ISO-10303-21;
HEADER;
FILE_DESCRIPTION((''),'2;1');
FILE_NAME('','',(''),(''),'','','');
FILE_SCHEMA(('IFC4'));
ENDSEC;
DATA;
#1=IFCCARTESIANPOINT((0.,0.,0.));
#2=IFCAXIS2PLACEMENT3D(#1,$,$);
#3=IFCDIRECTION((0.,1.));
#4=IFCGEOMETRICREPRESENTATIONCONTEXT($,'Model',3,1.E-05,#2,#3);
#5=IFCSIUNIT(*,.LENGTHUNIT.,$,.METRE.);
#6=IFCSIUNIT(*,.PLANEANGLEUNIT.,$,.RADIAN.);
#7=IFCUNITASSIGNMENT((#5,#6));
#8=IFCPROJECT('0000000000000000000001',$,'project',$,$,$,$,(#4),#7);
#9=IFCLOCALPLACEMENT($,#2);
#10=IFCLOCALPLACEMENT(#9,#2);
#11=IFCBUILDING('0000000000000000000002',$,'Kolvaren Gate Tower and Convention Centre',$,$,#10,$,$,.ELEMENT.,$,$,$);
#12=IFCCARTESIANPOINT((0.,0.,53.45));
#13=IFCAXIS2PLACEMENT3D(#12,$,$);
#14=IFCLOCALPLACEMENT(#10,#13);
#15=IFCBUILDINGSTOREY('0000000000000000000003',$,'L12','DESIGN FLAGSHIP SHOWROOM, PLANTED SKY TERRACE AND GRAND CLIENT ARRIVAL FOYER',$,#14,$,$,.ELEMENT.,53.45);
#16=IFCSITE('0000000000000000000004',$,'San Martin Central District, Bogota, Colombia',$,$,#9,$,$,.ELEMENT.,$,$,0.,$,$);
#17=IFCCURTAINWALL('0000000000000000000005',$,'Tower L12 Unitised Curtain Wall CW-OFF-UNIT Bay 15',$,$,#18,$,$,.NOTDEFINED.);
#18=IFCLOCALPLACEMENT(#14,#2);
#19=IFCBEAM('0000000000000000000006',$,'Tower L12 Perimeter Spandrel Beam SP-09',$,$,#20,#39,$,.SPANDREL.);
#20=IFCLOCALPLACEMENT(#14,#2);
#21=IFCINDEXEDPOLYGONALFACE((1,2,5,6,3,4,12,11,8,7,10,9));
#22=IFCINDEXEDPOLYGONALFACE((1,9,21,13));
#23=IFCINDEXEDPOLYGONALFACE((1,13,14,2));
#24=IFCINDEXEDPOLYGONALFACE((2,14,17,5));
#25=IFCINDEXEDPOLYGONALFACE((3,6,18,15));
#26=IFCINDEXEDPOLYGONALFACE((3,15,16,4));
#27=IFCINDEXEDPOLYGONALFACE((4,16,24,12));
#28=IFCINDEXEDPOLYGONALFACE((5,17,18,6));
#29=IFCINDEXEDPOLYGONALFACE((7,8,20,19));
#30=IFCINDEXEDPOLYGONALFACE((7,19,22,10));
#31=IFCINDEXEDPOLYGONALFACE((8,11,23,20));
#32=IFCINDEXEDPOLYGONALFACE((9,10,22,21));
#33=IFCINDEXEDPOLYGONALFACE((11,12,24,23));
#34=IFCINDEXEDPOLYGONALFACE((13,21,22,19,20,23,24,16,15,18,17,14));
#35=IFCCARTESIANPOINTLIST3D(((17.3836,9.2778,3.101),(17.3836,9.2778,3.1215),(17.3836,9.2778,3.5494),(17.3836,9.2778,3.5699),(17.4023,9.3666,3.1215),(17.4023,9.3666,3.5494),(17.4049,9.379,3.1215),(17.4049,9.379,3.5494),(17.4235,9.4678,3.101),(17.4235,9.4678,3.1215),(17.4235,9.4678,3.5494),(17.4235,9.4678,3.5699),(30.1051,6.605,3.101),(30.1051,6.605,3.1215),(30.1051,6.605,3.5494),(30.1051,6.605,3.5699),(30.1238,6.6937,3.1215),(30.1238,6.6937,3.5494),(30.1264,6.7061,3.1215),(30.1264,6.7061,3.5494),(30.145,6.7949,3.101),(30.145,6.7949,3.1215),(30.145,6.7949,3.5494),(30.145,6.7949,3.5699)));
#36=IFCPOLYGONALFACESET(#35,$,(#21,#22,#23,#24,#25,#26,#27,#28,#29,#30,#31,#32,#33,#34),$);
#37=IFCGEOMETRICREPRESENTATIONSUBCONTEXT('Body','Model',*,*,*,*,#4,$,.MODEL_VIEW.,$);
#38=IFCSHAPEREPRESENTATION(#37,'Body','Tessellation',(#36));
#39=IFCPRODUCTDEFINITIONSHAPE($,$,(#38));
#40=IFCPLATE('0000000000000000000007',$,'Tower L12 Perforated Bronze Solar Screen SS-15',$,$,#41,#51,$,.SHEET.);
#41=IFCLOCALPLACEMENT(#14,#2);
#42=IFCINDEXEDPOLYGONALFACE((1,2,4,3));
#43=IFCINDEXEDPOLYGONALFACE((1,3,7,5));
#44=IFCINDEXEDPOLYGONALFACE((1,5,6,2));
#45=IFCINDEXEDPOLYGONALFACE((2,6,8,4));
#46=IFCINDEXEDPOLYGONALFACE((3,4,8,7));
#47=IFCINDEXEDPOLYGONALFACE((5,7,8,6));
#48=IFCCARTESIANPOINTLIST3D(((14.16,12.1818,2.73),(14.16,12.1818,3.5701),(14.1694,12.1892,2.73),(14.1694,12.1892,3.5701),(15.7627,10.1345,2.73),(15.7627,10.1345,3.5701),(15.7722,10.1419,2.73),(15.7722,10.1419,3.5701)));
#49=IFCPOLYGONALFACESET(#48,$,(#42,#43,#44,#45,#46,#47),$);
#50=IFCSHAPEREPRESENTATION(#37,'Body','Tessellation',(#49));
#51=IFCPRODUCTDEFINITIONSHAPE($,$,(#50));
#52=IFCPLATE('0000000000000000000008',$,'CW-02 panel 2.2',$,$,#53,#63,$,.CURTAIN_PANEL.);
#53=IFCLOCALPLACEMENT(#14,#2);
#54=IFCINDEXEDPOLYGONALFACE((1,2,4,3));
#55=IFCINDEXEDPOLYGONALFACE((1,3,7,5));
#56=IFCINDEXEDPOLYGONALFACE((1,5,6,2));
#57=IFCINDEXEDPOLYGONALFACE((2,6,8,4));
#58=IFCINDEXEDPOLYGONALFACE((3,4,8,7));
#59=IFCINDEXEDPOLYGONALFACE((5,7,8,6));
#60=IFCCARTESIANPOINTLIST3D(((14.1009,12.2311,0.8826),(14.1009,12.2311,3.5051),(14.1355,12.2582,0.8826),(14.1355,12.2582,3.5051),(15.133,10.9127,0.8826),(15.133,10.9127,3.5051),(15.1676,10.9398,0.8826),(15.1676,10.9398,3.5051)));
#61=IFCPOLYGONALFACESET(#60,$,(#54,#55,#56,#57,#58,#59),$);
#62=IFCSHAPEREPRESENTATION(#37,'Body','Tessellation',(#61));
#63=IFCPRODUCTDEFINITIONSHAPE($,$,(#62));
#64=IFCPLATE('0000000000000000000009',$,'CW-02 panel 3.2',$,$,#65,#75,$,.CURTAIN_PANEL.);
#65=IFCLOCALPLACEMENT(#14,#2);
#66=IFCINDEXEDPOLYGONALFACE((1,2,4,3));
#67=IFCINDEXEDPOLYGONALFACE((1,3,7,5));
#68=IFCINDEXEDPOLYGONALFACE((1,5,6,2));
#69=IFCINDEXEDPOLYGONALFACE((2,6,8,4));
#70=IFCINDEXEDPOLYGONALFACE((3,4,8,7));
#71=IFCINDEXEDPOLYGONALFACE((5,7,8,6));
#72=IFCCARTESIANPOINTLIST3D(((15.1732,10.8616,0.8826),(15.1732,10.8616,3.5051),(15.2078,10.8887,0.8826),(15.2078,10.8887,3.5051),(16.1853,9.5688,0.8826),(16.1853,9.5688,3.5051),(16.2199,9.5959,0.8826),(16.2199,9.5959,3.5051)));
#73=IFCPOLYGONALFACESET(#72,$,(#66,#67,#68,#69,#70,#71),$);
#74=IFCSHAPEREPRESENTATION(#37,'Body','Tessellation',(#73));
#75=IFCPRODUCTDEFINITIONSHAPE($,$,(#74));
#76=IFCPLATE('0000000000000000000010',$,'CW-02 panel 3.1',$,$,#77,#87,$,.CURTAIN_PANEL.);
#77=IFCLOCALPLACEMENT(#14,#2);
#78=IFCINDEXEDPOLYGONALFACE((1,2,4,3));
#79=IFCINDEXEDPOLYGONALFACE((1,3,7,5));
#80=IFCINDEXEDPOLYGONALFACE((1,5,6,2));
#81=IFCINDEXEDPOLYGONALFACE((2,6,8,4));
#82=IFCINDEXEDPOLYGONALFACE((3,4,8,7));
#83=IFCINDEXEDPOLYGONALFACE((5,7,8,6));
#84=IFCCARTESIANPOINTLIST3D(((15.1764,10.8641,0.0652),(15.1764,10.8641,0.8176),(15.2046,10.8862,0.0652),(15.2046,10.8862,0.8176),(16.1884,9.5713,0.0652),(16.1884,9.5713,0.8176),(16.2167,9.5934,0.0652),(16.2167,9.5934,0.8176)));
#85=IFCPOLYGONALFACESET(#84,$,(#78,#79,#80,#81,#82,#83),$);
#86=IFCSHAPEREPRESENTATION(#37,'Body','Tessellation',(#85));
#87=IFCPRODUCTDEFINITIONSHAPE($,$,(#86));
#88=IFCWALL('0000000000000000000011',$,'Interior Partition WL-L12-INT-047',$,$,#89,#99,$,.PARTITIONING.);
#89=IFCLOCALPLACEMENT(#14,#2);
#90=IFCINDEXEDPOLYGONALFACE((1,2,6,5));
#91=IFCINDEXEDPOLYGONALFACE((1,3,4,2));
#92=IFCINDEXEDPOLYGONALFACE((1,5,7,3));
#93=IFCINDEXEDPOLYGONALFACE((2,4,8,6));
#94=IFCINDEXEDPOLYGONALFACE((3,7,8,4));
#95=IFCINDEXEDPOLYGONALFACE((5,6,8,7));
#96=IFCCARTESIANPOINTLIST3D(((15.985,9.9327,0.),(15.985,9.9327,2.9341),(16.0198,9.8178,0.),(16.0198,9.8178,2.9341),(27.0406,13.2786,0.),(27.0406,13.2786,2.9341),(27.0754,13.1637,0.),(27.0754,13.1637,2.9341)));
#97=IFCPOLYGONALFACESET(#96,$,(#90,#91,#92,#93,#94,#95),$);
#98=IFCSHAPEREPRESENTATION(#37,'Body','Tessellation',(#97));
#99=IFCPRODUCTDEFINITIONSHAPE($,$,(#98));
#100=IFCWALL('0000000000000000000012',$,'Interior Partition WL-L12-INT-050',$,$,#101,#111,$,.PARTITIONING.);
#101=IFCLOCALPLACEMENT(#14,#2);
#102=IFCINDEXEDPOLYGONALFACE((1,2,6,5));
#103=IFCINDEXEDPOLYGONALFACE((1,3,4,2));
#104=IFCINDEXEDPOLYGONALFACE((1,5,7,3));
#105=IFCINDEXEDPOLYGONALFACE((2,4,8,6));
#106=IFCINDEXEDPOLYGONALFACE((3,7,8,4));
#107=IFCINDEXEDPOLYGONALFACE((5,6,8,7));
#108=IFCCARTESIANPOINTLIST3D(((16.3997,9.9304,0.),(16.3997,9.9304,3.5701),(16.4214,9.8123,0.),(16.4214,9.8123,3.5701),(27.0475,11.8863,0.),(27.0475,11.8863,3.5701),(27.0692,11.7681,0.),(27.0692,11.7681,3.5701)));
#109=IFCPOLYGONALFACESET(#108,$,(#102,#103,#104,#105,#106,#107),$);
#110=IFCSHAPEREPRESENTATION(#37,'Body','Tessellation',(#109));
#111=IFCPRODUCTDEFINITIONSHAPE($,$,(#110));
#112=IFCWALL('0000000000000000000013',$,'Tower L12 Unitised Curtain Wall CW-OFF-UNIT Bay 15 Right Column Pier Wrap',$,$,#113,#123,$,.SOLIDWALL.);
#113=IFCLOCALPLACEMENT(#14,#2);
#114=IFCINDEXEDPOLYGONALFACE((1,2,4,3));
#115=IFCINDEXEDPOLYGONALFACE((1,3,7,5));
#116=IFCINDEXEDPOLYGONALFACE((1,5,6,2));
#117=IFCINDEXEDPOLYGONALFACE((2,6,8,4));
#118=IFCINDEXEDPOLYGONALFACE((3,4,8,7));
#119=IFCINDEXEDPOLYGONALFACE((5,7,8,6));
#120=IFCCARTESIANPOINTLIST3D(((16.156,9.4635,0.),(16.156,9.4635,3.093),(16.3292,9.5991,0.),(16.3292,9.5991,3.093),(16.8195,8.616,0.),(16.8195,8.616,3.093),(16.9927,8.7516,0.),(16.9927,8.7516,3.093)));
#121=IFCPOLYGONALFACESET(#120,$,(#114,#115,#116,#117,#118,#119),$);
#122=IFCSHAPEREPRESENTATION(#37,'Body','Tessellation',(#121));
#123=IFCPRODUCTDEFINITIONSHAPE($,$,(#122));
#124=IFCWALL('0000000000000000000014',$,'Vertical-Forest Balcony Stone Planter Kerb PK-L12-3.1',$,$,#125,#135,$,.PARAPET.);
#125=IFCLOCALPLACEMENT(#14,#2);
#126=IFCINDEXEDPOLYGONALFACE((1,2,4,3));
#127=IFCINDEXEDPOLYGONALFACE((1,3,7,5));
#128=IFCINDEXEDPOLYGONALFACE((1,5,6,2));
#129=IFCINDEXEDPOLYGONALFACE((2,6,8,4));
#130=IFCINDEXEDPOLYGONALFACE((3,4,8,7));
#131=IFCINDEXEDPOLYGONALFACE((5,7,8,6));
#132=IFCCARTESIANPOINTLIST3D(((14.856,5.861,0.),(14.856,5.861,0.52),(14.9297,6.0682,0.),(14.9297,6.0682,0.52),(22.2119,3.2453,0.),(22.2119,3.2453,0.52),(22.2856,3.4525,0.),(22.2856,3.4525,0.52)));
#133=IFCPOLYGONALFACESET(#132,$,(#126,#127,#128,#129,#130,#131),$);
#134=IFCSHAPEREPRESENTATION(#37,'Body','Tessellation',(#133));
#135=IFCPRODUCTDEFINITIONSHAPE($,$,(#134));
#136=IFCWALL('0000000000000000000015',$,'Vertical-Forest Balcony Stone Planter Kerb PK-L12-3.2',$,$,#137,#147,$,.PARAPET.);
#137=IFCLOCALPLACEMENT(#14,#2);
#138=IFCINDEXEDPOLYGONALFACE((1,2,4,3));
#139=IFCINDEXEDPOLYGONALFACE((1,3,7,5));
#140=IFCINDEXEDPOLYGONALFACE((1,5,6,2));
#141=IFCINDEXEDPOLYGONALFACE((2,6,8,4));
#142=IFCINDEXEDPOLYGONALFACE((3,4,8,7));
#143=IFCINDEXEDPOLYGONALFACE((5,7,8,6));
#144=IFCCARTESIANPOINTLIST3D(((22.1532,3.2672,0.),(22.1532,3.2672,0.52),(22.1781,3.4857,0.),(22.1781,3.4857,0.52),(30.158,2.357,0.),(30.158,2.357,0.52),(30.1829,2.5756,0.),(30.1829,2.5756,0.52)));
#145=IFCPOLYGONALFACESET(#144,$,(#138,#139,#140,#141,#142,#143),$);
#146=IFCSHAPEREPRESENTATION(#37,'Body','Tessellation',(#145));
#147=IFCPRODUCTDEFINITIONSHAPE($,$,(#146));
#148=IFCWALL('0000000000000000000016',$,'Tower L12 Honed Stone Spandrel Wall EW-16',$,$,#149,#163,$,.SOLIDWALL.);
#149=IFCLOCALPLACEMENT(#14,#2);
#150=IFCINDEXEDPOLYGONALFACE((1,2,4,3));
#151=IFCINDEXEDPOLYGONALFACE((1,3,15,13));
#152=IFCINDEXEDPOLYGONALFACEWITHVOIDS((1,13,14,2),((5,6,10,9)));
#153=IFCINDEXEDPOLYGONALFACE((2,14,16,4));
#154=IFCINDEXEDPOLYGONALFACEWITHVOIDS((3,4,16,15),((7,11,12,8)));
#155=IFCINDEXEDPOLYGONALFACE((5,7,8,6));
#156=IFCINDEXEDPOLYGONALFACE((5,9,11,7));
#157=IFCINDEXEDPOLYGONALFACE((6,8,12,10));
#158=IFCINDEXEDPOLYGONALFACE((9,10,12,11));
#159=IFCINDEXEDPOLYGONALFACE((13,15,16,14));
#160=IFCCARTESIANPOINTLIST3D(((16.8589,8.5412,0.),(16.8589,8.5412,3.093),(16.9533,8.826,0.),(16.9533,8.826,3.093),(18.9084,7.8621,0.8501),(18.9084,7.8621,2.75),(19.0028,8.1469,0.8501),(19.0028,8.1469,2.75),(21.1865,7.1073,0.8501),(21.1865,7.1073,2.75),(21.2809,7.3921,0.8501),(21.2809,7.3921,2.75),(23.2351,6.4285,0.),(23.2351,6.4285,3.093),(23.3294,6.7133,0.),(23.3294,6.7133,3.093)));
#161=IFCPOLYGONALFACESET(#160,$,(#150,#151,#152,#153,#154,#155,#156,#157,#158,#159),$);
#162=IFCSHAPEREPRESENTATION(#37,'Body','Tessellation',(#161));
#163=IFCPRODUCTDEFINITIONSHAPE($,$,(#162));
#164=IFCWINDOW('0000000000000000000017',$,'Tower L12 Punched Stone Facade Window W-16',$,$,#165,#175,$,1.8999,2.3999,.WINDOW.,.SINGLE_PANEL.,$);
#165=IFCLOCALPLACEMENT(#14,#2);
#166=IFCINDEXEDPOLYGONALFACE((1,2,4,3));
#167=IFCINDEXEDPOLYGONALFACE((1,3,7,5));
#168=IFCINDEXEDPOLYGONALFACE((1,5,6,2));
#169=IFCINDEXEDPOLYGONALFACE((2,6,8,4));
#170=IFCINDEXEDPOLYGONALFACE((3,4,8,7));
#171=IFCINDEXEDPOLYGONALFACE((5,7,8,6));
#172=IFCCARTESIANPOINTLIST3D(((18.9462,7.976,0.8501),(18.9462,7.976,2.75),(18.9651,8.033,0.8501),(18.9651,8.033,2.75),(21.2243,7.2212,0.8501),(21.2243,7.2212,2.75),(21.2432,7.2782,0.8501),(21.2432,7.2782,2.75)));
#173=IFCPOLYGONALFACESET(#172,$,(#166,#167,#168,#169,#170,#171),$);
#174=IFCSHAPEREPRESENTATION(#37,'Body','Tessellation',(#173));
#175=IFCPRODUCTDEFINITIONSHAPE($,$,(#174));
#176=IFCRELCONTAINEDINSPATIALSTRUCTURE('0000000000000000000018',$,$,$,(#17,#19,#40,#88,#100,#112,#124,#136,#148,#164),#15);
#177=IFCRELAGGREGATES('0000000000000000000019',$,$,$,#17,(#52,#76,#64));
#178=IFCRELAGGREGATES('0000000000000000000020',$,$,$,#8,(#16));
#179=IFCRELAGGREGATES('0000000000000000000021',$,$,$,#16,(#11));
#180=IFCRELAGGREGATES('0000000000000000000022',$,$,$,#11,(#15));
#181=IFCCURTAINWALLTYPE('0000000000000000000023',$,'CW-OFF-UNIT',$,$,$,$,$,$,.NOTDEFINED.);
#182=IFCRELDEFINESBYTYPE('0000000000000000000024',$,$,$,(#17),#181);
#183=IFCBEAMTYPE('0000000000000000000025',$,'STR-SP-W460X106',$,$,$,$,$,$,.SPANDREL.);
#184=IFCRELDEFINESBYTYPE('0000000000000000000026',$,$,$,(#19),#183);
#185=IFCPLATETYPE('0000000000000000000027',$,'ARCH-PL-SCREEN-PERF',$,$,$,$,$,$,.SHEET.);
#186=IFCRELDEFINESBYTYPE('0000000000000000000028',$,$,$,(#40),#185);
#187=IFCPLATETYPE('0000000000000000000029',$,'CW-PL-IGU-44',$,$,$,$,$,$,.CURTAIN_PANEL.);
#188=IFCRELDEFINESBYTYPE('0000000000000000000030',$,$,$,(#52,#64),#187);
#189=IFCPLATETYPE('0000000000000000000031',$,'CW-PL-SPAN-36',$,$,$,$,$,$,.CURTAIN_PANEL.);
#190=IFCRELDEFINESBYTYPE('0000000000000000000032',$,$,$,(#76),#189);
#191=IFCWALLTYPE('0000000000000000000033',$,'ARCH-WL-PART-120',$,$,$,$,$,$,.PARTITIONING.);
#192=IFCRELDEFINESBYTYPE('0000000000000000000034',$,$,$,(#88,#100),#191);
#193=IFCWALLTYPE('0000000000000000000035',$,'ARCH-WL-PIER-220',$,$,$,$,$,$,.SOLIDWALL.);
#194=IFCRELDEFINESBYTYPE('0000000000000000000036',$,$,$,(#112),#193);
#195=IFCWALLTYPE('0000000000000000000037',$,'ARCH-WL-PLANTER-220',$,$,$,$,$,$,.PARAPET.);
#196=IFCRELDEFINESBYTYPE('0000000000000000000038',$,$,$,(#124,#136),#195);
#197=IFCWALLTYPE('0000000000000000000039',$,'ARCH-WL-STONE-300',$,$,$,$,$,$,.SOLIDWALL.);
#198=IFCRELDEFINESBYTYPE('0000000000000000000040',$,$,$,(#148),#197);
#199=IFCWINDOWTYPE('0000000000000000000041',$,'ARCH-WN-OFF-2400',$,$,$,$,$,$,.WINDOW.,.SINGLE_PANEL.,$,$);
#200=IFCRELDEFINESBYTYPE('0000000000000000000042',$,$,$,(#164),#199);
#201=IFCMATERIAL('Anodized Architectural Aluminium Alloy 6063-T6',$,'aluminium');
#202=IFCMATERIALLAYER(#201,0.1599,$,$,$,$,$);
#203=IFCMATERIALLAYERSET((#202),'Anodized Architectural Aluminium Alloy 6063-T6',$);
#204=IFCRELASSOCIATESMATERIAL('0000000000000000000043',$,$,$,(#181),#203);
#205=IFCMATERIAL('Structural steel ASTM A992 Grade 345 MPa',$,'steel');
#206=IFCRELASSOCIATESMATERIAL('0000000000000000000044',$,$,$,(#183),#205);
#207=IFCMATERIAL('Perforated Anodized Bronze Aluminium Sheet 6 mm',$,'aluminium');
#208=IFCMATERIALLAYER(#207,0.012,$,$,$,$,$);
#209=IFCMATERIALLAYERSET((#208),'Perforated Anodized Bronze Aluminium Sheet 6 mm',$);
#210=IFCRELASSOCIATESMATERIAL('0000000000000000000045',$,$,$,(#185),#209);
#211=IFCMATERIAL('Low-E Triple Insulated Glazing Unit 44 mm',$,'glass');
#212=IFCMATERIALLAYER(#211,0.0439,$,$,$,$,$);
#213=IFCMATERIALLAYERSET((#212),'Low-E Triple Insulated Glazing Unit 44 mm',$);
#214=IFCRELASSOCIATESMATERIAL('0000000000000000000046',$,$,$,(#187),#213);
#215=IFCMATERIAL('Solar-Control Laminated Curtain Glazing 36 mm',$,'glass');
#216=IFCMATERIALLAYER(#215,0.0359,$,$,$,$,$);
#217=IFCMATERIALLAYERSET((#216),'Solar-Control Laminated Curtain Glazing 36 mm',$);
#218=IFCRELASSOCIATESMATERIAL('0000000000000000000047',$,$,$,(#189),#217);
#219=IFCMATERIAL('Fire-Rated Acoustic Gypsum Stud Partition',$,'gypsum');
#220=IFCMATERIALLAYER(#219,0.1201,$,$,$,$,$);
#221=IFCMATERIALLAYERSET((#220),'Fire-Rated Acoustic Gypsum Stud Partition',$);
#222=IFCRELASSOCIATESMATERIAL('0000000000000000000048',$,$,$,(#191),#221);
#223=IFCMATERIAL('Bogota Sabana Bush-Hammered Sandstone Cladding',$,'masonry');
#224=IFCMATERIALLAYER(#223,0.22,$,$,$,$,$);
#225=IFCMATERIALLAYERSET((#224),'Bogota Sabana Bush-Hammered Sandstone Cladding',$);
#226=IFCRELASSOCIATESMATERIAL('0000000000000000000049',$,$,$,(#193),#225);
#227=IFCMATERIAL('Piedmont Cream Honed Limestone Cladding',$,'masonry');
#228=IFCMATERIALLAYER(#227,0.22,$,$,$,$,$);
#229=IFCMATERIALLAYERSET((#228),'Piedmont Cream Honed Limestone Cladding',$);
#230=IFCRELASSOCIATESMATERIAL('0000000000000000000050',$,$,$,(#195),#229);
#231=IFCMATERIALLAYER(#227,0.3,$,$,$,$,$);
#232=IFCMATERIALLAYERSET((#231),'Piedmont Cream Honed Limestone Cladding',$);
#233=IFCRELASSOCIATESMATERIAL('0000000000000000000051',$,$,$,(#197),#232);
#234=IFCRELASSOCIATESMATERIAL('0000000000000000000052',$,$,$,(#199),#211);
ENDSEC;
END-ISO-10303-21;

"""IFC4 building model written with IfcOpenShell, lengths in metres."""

from ifc_helpers import new_model, si_unit, direction, frame, frame_2d, origin, origin_2d, place, context, subcontext, project, spatial, rectangle, i_section, extrude, material, layer, layer_set, material_profile, profile_set, type_object, element, fill, aggregate, save


model = new_model("IFC4")

# Units and contexts
model_context = context("Model", 3, precision=1e-05, world=origin(), true_north=direction((0.0, 1.0)))
body_context = subcontext(model_context, "Body", "Model", "MODEL_VIEW")
ifc_project = project(units=[si_unit("LENGTHUNIT", "METRE"), si_unit("PLANEANGLEUNIT", "RADIAN")], contexts=[model_context])

# Site, building, storey
site_placement = place(None, origin())
site = spatial("IfcSite", under=ifc_project, at=site_placement, Name="San Martin Central District, Bogota, Colombia", CompositionType="ELEMENT", RefElevation=0.0)
building_placement = place(site_placement, origin())
building = spatial("IfcBuilding", under=site, at=building_placement, Name="Kolvaren Gate Tower and Convention Centre", CompositionType="ELEMENT")
storey_placement = place(building_placement, frame((0.0, 0.0, 53.45)))
storey = spatial("IfcBuildingStorey", under=building, at=storey_placement, Name="L12", Description="DESIGN FLAGSHIP SHOWROOM, PLANTED SKY TERRACE AND GRAND CLIENT ARRIVAL FOYER", CompositionType="ELEMENT", Elevation=53.45)

# Curtain wall
ifc_material_1 = material(Name="Anodized Architectural Aluminium Alloy 6063-T6", Category="aluminium")
ifc_layer_1 = layer(ifc_material_1, 0.1599)
ifc_layer_set_1 = layer_set([ifc_layer_1], Name="Anodized Architectural Aluminium Alloy 6063-T6")
curtain_wall_type = type_object("IfcCurtainWallType", Name="CW-OFF-UNIT", PredefinedType="NOTDEFINED", material=ifc_layer_set_1)
curtain_wall_placement = place(storey_placement, origin())
curtain_wall = element("IfcCurtainWall", 1, at=curtain_wall_placement, inside=storey, type_object=curtain_wall_type, Name="Tower L12 Unitised Curtain Wall CW-OFF-UNIT Bay 15", PredefinedType="NOTDEFINED")

# Beam
ifc_material_2 = material(Name="Structural steel ASTM A992 Grade 345 MPa", Category="steel")
ifc_material_profile_1 = material_profile(ifc_material_2, i_section(OverallWidth=0.1941, OverallDepth=0.469, WebThickness=0.0127, FlangeThickness=0.0205, at=origin_2d()), Name="W460X106")
ifc_profile_set_1 = profile_set([ifc_material_profile_1], Name="Structural steel ASTM A992 Grade 345 MPa")
beam_type_1 = type_object("IfcBeamType", Name="STR-SP-W460X106", PredefinedType="SPANDREL", material=ifc_profile_set_1)
beam_1_placement = place(storey_placement, frame((17.4036, 9.3728, 3.3354), z_axis=(0.978633, -0.205617, 0.0), x_axis=(0.205617, 0.978633, 0.0)))
element("IfcBeam", 2, at=beam_1_placement, inside=storey, type_object=beam_type_1, Name="Tower L12 Perimeter Spandrel Beam SP-09", PredefinedType="SPANDREL", context=body_context, shape_type="SweptSolid", body=[
    extrude(i_section(OverallWidth=0.1941, OverallDepth=0.469, WebThickness=0.0127, FlangeThickness=0.0205, at=origin_2d()), origin(), (0.0, 0.0, 1.0), 12.9993),
])

# Plates
ifc_material_3 = material(Name="Perforated Anodized Bronze Aluminium Sheet 6 mm", Category="aluminium")
ifc_layer_2 = layer(ifc_material_3, 0.012)
ifc_layer_set_2 = layer_set([ifc_layer_2], Name="Perforated Anodized Bronze Aluminium Sheet 6 mm")
plate_type_1 = type_object("IfcPlateType", Name="ARCH-PL-SCREEN-PERF", PredefinedType="SHEET", material=ifc_layer_set_2)
plate_1_placement = place(storey_placement, frame((14.9661, 11.1619, 2.73), z_axis=(0.0, 0.0, 1.0), x_axis=(0.616431, -0.787409, 0.0)))
element("IfcPlate", 3, at=plate_1_placement, inside=storey, type_object=plate_type_1, Name="Tower L12 Perforated Bronze Solar Screen SS-15", PredefinedType="SHEET", context=body_context, shape_type="SweptSolid", body=[
    extrude(rectangle(XDim=2.6001, YDim=0.012, at=origin_2d()), origin(), (0.0, 0.0, 1.0), 0.8401),
])
ifc_material_4 = material(Name="Low-E Triple Insulated Glazing Unit 44 mm", Category="glass")
ifc_layer_3 = layer(ifc_material_4, 0.0439)
ifc_layer_set_3 = layer_set([ifc_layer_3], Name="Low-E Triple Insulated Glazing Unit 44 mm")
plate_type_2 = type_object("IfcPlateType", Name="CW-PL-IGU-44", PredefinedType="CURTAIN_PANEL", material=ifc_layer_set_3)
plate_2_placement = place(storey_placement, frame((14.6343, 11.5854, 0.8826), z_axis=(0.0, 0.0, 1.0), x_axis=(0.616427, -0.787412, 0.0)))
plate_2 = element("IfcPlate", 4, at=plate_2_placement, type_object=plate_type_2, Name="CW-02 panel 2.2", PredefinedType="CURTAIN_PANEL", context=body_context, shape_type="SweptSolid", body=[
    extrude(rectangle(XDim=1.6743, YDim=0.0439, at=origin_2d()), origin(), (0.0, 0.0, 1.0), 2.6226),
])
plate_3_placement = place(storey_placement, frame((15.6965, 10.2288, 0.8826), z_axis=(0.0, 0.0, 1.0), x_axis=(0.616427, -0.787412, 0.0)))
plate_3 = element("IfcPlate", 5, at=plate_3_placement, type_object=plate_type_2, Name="CW-02 panel 3.2", PredefinedType="CURTAIN_PANEL", context=body_context, shape_type="SweptSolid", body=[
    extrude(rectangle(XDim=1.6418, YDim=0.0439, at=origin_2d()), origin(), (0.0, 0.0, 1.0), 2.6226),
])
ifc_material_5 = material(Name="Solar-Control Laminated Curtain Glazing 36 mm", Category="glass")
ifc_layer_4 = layer(ifc_material_5, 0.0359)
ifc_layer_set_4 = layer_set([ifc_layer_4], Name="Solar-Control Laminated Curtain Glazing 36 mm")
plate_type_3 = type_object("IfcPlateType", Name="CW-PL-SPAN-36", PredefinedType="CURTAIN_PANEL", material=ifc_layer_set_4)
plate_4_placement = place(storey_placement, frame((15.6965, 10.2288, 0.0652), z_axis=(0.0, 0.0, 1.0), x_axis=(0.616427, -0.787412, 0.0)))
plate_4 = element("IfcPlate", 6, at=plate_4_placement, type_object=plate_type_3, Name="CW-02 panel 3.1", PredefinedType="CURTAIN_PANEL", context=body_context, shape_type="SweptSolid", body=[
    extrude(rectangle(XDim=1.6418, YDim=0.0359, at=origin_2d()), origin(), (0.0, 0.0, 1.0), 0.7524),
])
aggregate(curtain_wall, [plate_2, plate_4, plate_3])

# Walls
ifc_material_6 = material(Name="Fire-Rated Acoustic Gypsum Stud Partition", Category="gypsum")
ifc_layer_5 = layer(ifc_material_6, 0.1201)
ifc_layer_set_5 = layer_set([ifc_layer_5], Name="Fire-Rated Acoustic Gypsum Stud Partition")
wall_type_1 = type_object("IfcWallType", Name="ARCH-WL-PART-120", PredefinedType="PARTITIONING", material=ifc_layer_set_5)
wall_1_placement = place(storey_placement, frame((16.0024, 9.8752, 0.0), z_axis=(0.0, 0.0, 1.0), x_axis=(0.957127, 0.28967, 0.0)))
element("IfcWall", 7, at=wall_1_placement, inside=storey, type_object=wall_type_1, Name="Interior Partition WL-L12-INT-047", PredefinedType="PARTITIONING", context=body_context, shape_type="SweptSolid", body=[
    extrude(rectangle(XDim=11.5508, YDim=0.1201, at=frame_2d((5.7754, 0.0))), origin(), (0.0, 0.0, 1.0), 2.9341),
])
wall_2_placement = place(storey_placement, frame((16.4104, 9.8713, 0.0), z_axis=(0.0, 0.0, 1.0), x_axis=(0.983545, 0.180661, 0.0)))
element("IfcWall", 8, at=wall_2_placement, inside=storey, type_object=wall_type_1, Name="Interior Partition WL-L12-INT-050", PredefinedType="PARTITIONING", context=body_context, shape_type="SweptSolid", body=[
    extrude(rectangle(XDim=10.8259, YDim=0.1201, at=frame_2d((5.4131, 0.0))), origin(), (0.0, 0.0, 1.0), 3.5701),
])
ifc_material_7 = material(Name="Bogota Sabana Bush-Hammered Sandstone Cladding", Category="masonry")
ifc_layer_6 = layer(ifc_material_7, 0.22)
ifc_layer_set_6 = layer_set([ifc_layer_6], Name="Bogota Sabana Bush-Hammered Sandstone Cladding")
wall_type_2 = type_object("IfcWallType", Name="ARCH-WL-PIER-220", PredefinedType="SOLIDWALL", material=ifc_layer_set_6)
wall_3_placement = place(storey_placement, frame((16.2427, 9.5312, 0.0), z_axis=(0.0, 0.0, 1.0), x_axis=(0.616418, -0.787419, 0.0)))
element("IfcWall", 9, at=wall_3_placement, inside=storey, type_object=wall_type_2, Name="Tower L12 Unitised Curtain Wall CW-OFF-UNIT Bay 15 Right Column Pier Wrap", PredefinedType="SOLIDWALL", context=body_context, shape_type="SweptSolid", body=[
    extrude(rectangle(XDim=1.0764, YDim=0.22, at=frame_2d((0.5381, 0.0))), origin(), (0.0, 0.0, 1.0), 3.093),
])
ifc_material_8 = material(Name="Piedmont Cream Honed Limestone Cladding", Category="masonry")
ifc_layer_7 = layer(ifc_material_8, 0.22)
ifc_layer_set_7 = layer_set([ifc_layer_7], Name="Piedmont Cream Honed Limestone Cladding")
wall_type_3 = type_object("IfcWallType", Name="ARCH-WL-PLANTER-220", PredefinedType="PARAPET", material=ifc_layer_set_7)
wall_4_placement = place(storey_placement, frame((14.8928, 5.9646, 0.0), z_axis=(0.0, 0.0, 1.0), x_axis=(0.942204, -0.335041, 0.0)))
element("IfcWall", 10, at=wall_4_placement, inside=storey, type_object=wall_type_3, Name="Vertical-Forest Balcony Stone Planter Kerb PK-L12-3.1", PredefinedType="PARAPET", context=body_context, shape_type="SweptSolid", body=[
    extrude(rectangle(XDim=7.8071, YDim=0.22, at=frame_2d((3.9036, 0.0))), origin(), (0.0, 0.0, 1.0), 0.52),
])
wall_5_placement = place(storey_placement, frame((22.1655, 3.3765, 0.0), z_axis=(0.0, 0.0, 1.0), x_axis=(0.993598, -0.112972, 0.0)))
element("IfcWall", 11, at=wall_5_placement, inside=storey, type_object=wall_type_3, Name="Vertical-Forest Balcony Stone Planter Kerb PK-L12-3.2", PredefinedType="PARAPET", context=body_context, shape_type="SweptSolid", body=[
    extrude(rectangle(XDim=8.0564, YDim=0.22, at=frame_2d((4.0283, 0.0))), origin(), (0.0, 0.0, 1.0), 0.52),
])

# Wall, opening, window
ifc_layer_8 = layer(ifc_material_8, 0.3)
ifc_layer_set_8 = layer_set([ifc_layer_8], Name="Piedmont Cream Honed Limestone Cladding")
wall_type_4 = type_object("IfcWallType", Name="ARCH-WL-STONE-300", PredefinedType="SOLIDWALL", material=ifc_layer_set_8)
wall_6_placement = place(storey_placement, frame((16.9062, 8.6836, 0.0), z_axis=(0.0, 0.0, 1.0), x_axis=(0.949245, -0.314537, 0.0)))
wall_6 = element("IfcWall", 12, at=wall_6_placement, inside=storey, type_object=wall_type_4, Name="Tower L12 Honed Stone Spandrel Wall EW-16", PredefinedType="SOLIDWALL", context=body_context, shape_type="SweptSolid", body=[
    extrude(rectangle(XDim=6.717, YDim=0.3, at=frame_2d((3.3584, 0.0))), origin(), (0.0, 0.0, 1.0), 3.093),
])
opening_1_placement = place(wall_6_placement, frame((2.1589, 0.0, 0.8501)))
opening_1 = element("IfcOpeningElement", 13, at=opening_1_placement, cuts=wall_6, PredefinedType="OPENING", context=body_context, shape_type="SweptSolid", body=[
    extrude(rectangle(XDim=2.3999, YDim=1.8999, at=frame_2d((1.2, 0.95))), frame((0.0, 0.1599, 0.0), z_axis=(0.0, -1.0, 0.0), x_axis=(1.0, 0.0, 0.0)), (0.0, 0.0, 1.0), 0.3201),
])
window_type = type_object("IfcWindowType", Name="ARCH-WN-OFF-2400", PartitioningType="SINGLE_PANEL", PredefinedType="WINDOW", material=ifc_material_4)
window_placement = place(opening_1_placement, origin())
window = element("IfcWindow", 14, at=window_placement, inside=storey, type_object=window_type, Name="Tower L12 Punched Stone Facade Window W-16", OverallHeight=1.8999, OverallWidth=2.3999, PartitioningType="SINGLE_PANEL", PredefinedType="WINDOW", context=body_context, shape_type="SweptSolid", body=[
    extrude(rectangle(XDim=2.3999, YDim=1.8999, at=frame_2d((1.2, 0.95))), frame((0.0, 0.03, 0.0), z_axis=(0.0, -1.0, 0.0), x_axis=(1.0, 0.0, 0.0)), (0.0, 0.0, 1.0), 0.0601),
])
fill(opening_1, window)

save(model, "model.ifc")
